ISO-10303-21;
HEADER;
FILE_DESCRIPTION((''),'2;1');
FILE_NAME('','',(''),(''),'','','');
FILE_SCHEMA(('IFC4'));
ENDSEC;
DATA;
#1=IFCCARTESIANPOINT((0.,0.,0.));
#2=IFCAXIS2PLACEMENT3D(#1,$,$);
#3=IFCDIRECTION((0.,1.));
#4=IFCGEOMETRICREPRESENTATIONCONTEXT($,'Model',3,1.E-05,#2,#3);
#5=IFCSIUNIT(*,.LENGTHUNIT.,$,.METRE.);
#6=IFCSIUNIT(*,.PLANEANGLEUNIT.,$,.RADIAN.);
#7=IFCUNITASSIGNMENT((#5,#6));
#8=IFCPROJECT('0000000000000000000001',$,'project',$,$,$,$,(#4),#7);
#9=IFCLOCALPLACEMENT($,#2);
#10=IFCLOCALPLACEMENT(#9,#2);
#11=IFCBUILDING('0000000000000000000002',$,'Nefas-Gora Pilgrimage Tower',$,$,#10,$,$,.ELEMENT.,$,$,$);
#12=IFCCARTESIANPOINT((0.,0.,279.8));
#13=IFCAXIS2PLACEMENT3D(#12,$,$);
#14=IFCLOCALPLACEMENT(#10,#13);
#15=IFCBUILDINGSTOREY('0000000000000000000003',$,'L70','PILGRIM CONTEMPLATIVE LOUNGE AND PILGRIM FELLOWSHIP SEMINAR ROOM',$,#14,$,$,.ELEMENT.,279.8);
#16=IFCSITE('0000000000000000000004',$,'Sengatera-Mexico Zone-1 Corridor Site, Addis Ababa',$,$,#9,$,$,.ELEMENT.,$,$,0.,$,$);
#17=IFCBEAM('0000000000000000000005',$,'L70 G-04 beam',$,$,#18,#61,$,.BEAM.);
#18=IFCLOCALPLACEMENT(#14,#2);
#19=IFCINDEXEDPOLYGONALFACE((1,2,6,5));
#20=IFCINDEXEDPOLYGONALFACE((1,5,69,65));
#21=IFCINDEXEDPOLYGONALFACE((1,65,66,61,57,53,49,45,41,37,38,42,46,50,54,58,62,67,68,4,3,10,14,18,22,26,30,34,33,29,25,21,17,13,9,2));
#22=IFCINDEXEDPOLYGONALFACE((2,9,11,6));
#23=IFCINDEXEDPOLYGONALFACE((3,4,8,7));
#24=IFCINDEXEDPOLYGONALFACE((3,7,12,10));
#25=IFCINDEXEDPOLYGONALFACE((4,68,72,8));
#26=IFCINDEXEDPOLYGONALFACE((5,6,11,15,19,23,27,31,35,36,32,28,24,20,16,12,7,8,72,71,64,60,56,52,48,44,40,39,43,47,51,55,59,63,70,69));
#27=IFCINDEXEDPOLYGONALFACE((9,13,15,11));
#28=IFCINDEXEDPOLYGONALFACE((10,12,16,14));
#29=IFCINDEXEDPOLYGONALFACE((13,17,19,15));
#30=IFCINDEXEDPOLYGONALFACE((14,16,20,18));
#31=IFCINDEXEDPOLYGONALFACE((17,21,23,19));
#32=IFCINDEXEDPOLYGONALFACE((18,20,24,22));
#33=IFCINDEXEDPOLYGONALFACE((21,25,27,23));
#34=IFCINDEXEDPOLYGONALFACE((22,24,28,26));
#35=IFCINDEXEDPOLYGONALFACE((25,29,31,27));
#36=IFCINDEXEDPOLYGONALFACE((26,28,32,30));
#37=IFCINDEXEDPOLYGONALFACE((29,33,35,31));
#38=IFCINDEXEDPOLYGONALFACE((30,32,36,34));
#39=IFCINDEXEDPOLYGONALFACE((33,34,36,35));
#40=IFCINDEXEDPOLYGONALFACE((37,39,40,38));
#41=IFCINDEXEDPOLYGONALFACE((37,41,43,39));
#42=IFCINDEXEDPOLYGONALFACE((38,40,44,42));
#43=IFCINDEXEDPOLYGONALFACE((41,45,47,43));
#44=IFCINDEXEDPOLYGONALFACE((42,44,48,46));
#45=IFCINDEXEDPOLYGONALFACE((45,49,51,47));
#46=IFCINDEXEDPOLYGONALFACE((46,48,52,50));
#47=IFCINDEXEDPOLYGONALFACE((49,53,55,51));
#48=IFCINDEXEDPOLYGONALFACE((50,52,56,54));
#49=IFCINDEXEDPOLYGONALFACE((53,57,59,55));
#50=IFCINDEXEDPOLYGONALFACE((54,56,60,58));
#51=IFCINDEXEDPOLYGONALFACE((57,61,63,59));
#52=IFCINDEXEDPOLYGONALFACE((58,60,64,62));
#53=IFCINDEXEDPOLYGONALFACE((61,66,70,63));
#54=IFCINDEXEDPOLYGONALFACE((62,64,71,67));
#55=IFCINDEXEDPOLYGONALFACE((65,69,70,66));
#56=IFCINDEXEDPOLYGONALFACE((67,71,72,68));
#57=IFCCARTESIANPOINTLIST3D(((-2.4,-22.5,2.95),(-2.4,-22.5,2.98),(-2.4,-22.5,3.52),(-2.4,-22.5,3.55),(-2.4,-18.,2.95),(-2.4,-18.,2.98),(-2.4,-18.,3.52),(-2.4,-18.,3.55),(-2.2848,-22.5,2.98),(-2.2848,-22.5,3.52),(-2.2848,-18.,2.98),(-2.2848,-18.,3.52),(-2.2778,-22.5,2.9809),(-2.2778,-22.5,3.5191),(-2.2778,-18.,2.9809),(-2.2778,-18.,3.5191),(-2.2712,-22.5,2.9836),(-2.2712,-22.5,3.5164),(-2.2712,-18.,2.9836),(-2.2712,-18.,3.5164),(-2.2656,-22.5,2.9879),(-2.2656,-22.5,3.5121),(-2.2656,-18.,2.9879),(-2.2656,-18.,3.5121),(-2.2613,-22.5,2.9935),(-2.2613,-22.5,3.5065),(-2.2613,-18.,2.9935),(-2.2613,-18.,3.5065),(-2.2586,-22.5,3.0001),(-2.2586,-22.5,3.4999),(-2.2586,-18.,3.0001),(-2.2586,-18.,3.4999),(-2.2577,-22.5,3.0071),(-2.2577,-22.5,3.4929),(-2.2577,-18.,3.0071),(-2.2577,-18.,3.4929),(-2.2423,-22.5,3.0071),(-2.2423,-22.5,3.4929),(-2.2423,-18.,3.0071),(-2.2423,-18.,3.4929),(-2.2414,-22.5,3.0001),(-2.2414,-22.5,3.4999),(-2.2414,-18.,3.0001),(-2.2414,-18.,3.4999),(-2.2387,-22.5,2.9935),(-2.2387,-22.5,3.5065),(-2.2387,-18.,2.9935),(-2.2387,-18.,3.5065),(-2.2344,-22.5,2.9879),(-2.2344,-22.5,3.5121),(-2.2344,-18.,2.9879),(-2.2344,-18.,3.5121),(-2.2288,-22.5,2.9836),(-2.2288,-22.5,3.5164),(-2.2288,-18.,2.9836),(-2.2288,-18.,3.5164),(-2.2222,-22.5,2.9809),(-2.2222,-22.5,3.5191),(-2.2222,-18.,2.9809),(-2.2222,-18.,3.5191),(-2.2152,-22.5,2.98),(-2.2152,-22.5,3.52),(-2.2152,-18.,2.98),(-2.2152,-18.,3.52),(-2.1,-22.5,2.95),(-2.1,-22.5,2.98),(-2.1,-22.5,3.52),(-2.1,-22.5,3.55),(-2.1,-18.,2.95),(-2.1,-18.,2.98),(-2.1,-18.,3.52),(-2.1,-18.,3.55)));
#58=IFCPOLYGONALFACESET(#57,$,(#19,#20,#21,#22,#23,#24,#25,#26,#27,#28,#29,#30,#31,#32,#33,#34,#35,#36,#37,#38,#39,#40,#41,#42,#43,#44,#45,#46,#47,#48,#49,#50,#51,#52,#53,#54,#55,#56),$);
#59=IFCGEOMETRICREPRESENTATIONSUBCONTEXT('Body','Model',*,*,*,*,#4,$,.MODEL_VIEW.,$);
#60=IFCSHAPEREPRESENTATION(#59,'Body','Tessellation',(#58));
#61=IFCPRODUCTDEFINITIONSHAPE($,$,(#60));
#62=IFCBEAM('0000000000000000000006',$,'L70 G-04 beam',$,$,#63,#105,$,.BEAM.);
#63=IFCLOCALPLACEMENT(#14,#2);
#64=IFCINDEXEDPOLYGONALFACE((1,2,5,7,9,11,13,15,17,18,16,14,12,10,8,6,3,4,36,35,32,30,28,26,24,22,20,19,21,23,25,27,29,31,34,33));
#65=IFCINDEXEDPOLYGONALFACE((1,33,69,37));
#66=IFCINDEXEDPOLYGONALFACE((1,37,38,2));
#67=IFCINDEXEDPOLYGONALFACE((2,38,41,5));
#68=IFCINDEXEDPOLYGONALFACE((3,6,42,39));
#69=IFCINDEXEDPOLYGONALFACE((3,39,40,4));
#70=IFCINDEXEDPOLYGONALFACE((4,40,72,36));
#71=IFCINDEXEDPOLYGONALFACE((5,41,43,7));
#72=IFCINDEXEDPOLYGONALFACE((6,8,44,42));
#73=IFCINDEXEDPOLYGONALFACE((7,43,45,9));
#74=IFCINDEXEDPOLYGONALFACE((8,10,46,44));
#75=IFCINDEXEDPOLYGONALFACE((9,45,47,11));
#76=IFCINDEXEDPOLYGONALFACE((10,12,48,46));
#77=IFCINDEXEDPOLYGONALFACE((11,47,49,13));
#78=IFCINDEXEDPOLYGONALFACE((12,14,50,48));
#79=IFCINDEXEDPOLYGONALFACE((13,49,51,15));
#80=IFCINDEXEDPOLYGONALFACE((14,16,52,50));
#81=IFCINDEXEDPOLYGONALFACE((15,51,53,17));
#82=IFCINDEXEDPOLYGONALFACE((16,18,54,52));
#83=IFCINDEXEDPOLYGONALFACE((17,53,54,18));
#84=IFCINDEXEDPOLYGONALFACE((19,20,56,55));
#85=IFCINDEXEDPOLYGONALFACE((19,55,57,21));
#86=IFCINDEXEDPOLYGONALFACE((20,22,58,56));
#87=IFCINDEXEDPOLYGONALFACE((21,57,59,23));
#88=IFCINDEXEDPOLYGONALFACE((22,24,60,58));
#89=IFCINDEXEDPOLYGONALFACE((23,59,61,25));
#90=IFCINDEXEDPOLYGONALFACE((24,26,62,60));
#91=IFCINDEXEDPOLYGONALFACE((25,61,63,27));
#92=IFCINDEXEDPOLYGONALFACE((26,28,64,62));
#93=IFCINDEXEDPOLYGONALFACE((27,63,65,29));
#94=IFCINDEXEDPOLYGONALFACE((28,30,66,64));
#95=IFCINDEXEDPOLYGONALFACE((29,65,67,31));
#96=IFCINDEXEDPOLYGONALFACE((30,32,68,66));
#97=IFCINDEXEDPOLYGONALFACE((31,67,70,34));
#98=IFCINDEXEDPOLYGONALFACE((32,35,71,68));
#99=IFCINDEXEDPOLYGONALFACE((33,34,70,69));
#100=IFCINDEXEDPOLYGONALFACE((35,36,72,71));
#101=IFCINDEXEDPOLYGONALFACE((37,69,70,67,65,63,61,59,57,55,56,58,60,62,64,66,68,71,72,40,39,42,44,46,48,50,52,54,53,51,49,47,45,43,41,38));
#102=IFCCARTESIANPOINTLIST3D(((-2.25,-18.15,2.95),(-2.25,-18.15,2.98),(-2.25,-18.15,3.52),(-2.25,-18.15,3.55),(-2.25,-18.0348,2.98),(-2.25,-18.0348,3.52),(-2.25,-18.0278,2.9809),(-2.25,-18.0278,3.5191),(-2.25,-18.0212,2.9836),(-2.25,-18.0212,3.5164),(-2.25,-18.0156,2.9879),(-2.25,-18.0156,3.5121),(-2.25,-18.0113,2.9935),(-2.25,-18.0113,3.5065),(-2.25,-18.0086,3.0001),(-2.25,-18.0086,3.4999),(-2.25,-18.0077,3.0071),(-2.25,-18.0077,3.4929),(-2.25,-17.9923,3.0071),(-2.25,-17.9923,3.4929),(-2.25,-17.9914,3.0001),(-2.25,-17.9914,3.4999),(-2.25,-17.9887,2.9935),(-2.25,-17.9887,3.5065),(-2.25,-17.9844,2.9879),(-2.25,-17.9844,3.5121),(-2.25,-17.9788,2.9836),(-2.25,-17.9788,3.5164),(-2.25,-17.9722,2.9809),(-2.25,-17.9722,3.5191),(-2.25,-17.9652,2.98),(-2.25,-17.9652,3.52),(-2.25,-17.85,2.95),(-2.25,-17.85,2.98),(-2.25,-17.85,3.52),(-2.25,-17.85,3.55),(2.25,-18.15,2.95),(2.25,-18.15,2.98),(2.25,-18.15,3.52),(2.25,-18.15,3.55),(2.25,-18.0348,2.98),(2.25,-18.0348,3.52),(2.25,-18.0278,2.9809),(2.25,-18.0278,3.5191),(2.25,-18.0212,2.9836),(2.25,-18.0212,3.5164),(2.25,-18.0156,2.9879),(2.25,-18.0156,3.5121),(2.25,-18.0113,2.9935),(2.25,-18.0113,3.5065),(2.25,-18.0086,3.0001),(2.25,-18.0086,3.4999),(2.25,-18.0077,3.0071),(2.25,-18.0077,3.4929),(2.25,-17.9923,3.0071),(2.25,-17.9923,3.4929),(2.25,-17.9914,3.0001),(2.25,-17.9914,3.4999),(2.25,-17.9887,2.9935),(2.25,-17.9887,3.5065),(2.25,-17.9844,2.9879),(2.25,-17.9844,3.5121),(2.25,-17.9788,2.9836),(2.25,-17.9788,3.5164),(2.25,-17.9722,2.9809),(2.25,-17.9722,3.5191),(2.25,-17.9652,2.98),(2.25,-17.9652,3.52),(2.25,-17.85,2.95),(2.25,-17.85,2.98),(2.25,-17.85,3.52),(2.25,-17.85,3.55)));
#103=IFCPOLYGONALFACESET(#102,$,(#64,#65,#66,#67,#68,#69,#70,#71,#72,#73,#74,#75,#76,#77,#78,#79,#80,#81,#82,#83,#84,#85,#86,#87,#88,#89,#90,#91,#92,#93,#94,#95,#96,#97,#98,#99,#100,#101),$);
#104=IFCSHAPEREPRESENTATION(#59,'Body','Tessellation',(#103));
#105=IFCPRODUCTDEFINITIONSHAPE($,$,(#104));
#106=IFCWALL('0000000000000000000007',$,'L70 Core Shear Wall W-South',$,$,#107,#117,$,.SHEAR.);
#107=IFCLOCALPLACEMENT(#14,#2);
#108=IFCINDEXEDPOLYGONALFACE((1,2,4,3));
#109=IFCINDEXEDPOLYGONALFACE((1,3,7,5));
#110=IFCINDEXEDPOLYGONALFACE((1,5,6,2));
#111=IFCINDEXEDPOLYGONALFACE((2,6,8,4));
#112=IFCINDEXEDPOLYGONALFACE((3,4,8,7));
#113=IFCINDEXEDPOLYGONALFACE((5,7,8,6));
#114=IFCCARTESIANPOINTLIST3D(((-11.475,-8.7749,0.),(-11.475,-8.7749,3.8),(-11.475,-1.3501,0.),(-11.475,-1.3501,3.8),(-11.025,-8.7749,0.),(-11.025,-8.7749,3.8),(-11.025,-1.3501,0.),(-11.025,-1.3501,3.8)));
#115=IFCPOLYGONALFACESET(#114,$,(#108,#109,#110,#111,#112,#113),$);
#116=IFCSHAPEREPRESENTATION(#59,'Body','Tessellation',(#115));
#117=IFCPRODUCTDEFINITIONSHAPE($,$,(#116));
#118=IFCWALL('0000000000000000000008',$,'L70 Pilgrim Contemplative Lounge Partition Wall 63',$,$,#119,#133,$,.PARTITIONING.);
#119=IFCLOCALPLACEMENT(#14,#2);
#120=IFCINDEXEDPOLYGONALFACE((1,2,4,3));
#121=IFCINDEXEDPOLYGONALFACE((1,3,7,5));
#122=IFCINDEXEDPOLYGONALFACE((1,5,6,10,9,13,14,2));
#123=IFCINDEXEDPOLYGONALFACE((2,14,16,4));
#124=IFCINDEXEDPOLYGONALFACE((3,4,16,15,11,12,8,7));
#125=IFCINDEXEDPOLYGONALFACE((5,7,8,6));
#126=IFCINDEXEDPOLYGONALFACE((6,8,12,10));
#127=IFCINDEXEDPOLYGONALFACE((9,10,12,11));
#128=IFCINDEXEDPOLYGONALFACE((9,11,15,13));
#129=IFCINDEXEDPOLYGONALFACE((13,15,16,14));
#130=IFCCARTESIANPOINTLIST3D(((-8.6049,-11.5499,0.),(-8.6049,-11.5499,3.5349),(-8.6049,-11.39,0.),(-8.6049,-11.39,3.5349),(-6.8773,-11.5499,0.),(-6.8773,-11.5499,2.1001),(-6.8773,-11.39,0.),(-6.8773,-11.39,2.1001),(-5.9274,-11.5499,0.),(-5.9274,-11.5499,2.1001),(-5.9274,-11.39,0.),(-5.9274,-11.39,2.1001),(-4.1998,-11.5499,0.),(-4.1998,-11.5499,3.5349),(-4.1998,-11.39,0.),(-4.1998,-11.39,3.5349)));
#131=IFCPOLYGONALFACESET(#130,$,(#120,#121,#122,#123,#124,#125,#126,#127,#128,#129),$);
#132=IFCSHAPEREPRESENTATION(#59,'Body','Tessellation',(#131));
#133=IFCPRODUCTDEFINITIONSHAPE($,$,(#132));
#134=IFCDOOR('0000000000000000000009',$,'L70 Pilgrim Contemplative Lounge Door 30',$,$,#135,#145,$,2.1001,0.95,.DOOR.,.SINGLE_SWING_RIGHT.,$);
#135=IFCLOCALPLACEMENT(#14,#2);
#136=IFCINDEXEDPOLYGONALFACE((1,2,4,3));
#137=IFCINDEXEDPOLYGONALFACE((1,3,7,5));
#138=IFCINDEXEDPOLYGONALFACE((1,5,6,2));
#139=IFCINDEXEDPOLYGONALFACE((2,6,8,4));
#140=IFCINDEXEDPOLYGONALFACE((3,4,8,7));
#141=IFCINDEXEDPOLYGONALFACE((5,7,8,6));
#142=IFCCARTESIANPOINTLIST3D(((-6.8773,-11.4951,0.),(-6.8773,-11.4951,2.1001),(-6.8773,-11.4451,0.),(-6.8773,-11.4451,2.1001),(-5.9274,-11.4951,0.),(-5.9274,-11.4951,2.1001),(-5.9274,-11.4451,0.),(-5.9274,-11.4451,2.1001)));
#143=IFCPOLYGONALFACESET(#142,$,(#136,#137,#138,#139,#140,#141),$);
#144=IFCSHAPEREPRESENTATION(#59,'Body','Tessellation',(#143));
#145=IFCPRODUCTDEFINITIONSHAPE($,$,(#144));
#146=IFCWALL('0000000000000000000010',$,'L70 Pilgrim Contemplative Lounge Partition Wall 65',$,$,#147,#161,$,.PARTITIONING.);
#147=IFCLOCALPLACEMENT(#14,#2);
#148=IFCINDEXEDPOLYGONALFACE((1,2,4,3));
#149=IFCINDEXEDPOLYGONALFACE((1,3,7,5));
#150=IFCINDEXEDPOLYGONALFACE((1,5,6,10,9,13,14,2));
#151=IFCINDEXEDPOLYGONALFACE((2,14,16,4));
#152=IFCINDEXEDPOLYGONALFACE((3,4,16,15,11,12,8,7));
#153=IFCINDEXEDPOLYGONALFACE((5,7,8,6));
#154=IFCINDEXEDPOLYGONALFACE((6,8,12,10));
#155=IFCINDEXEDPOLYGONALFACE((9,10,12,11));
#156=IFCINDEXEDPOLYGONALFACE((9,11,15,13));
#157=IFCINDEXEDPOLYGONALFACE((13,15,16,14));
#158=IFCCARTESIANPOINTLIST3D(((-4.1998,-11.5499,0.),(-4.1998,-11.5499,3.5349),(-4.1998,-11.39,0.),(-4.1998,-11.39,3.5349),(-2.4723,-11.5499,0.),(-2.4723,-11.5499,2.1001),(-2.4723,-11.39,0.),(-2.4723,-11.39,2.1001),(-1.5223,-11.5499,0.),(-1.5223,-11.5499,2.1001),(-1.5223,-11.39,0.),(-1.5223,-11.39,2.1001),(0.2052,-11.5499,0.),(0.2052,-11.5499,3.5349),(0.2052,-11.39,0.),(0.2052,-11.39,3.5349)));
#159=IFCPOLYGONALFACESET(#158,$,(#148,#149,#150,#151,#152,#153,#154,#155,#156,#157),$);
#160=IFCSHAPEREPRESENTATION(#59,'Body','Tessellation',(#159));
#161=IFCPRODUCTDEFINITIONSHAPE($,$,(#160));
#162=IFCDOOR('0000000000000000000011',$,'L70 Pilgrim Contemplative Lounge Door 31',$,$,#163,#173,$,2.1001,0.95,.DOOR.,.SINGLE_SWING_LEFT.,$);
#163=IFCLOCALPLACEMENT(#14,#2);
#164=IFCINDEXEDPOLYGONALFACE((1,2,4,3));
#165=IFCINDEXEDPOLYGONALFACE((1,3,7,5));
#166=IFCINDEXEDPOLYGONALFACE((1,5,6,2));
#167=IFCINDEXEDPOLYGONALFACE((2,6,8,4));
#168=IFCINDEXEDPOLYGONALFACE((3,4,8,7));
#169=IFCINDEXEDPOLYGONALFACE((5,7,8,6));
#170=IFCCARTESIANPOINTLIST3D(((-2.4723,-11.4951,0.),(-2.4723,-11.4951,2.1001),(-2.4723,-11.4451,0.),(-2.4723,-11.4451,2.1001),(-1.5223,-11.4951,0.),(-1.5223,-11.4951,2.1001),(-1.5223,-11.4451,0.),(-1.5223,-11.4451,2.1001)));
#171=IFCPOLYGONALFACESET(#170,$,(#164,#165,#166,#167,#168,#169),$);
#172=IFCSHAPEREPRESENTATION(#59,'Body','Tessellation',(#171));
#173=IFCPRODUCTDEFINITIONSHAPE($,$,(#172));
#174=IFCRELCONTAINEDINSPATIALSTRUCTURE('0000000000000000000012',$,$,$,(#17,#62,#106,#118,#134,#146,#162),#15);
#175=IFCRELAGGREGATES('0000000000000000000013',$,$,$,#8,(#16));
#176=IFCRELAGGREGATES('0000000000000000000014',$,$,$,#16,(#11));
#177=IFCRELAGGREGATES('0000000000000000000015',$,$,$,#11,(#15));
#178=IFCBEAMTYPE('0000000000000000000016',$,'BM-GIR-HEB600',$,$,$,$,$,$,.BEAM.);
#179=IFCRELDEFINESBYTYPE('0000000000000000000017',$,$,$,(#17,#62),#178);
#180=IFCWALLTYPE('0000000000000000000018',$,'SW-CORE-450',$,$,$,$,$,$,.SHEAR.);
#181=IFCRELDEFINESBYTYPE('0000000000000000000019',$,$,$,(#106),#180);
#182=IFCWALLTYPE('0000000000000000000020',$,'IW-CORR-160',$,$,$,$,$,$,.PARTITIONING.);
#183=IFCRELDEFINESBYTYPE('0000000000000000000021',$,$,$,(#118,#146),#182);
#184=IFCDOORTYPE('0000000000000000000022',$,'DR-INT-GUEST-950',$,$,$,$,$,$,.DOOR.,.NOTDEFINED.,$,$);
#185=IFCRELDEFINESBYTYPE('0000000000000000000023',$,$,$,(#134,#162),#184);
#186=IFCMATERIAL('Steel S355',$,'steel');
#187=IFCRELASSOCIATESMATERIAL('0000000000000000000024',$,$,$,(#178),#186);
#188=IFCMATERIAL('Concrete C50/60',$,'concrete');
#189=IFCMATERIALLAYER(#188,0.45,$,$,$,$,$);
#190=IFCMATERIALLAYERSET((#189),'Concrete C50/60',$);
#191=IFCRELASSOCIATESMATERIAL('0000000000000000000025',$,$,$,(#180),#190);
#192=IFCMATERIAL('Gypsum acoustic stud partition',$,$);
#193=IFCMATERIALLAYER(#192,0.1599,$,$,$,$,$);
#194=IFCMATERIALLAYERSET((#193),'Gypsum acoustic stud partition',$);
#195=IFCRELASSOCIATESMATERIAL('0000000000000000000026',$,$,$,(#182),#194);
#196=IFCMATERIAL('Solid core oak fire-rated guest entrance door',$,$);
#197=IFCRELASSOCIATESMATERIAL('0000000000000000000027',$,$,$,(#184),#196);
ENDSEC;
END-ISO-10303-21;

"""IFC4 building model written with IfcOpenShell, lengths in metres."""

from ifc_helpers import new_model, si_unit, direction, frame, frame_2d, origin, origin_2d, place, context, subcontext, project, spatial, rectangle, i_section, extrude, source, transform, mapped, material, layer, layer_set, material_profile, profile_set, type_object, element, fill, save


model = new_model("IFC4")

# Units and contexts
model_context = context("Model", 3, precision=1e-05, world=origin(), true_north=direction((0.0, 1.0)))
body_context = subcontext(model_context, "Body", "Model", "MODEL_VIEW")
ifc_project = project(units=[si_unit("LENGTHUNIT", "METRE"), si_unit("PLANEANGLEUNIT", "RADIAN")], contexts=[model_context])

# Site, building, storey
site_placement = place(None, origin())
site = spatial("IfcSite", under=ifc_project, at=site_placement, Name="Sengatera-Mexico Zone-1 Corridor Site, Addis Ababa", CompositionType="ELEMENT", RefElevation=0.0)
building_placement = place(site_placement, origin())
building = spatial("IfcBuilding", under=site, at=building_placement, Name="Nefas-Gora Pilgrimage Tower", CompositionType="ELEMENT")
storey_placement = place(building_placement, frame((0.0, 0.0, 279.8)))
storey = spatial("IfcBuildingStorey", under=building, at=storey_placement, Name="L70", Description="PILGRIM CONTEMPLATIVE LOUNGE AND PILGRIM FELLOWSHIP SEMINAR ROOM", CompositionType="ELEMENT", Elevation=279.8)

# Shared definitions
ifc_material_1 = material(Name="Steel S355", Category="steel")

# Beams
ifc_material_profile_1 = material_profile(ifc_material_1, i_section(OverallWidth=0.3, OverallDepth=0.6001, WebThickness=0.0154, FlangeThickness=0.03, FilletRadius=0.0271, at=origin_2d()), Name="HEB 600")
ifc_profile_set_1 = profile_set([ifc_material_profile_1], Name="Steel S355")
beam_type_1 = type_object("IfcBeamType", Name="BM-GIR-HEB600", PredefinedType="BEAM", material=ifc_profile_set_1)
shared_shape_1 = source(origin(), body_context, "Body", "SweptSolid", [
    extrude(i_section(OverallWidth=0.3, OverallDepth=0.6001, WebThickness=0.0154, FlangeThickness=0.03, FilletRadius=0.0271, at=origin_2d()), origin(), (0.0, 0.0, 1.0), 4.5),
])
for number, where, z_axis, x_axis, name in (
    (1, (-2.25, -22.5, 3.25), (0.0, 1.0, 0.0), (-1.0, 0.0, 0.0), "L70 G-04 beam"),
    (2, (-2.25, -18.0, 3.25), (1.0, 0.0, 0.0), (0.0, 1.0, 0.0), "L70 G-04 beam"),
):
    element("IfcBeam", number, at=place(storey_placement, frame(where, z_axis=z_axis, x_axis=x_axis)), inside=storey, type_object=beam_type_1, Name=name, PredefinedType="BEAM", context=body_context, shape_type="MappedRepresentation", body=[
        mapped(shared_shape_1, transform((0.0, 0.0, 0.0), x_axis=(1.0, 0.0, 0.0), y_axis=(0.0, 1.0, 0.0), z_axis=(0.0, 0.0, 1.0), scale=1.0)),
    ])

# Wall
ifc_material_2 = material(Name="Concrete C50/60", Category="concrete")
ifc_layer_1 = layer(ifc_material_2, 0.45)
ifc_layer_set_1 = layer_set([ifc_layer_1], Name="Concrete C50/60")
wall_type_1 = type_object("IfcWallType", Name="SW-CORE-450", PredefinedType="SHEAR", material=ifc_layer_set_1)
shared_shape_2 = source(origin(), body_context, "Body", "SweptSolid", [
    extrude(rectangle(XDim=7.4248, YDim=0.45, at=frame_2d((3.7124, 0.0))), origin(), (0.0, 0.0, 1.0), 3.8),
])
wall_1_placement = place(storey_placement, frame((-11.25, -8.7749, 0.0), z_axis=(0.0, 0.0, 1.0), x_axis=(0.0, 1.0, 0.0)))
element("IfcWall", 3, at=wall_1_placement, inside=storey, type_object=wall_type_1, Name="L70 Core Shear Wall W-South", PredefinedType="SHEAR", context=body_context, shape_type="MappedRepresentation", body=[
    mapped(shared_shape_2, transform((0.0, 0.0, 0.0), x_axis=(1.0, 0.0, 0.0), y_axis=(0.0, 1.0, 0.0), z_axis=(0.0, 0.0, 1.0), scale=1.0)),
])

# Walls, openings, doors
ifc_material_3 = material(Name="Gypsum acoustic stud partition")
ifc_layer_2 = layer(ifc_material_3, 0.1599)
ifc_layer_set_2 = layer_set([ifc_layer_2], Name="Gypsum acoustic stud partition")
wall_type_2 = type_object("IfcWallType", Name="IW-CORR-160", PredefinedType="PARTITIONING", material=ifc_layer_set_2)
shared_shape_3 = source(origin(), body_context, "Body", "SweptSolid", [
    extrude(rectangle(XDim=4.405, YDim=0.1599, at=frame_2d((2.2026, 0.0))), origin(), (0.0, 0.0, 1.0), 3.5349),
])
wall_2_placement = place(storey_placement, frame((-8.605, -11.47, 0.0), z_axis=(0.0, 0.0, 1.0), x_axis=(1.0, 0.0, 0.0)))
wall_2 = element("IfcWall", 4, at=wall_2_placement, inside=storey, type_object=wall_type_2, Name="L70 Pilgrim Contemplative Lounge Partition Wall 63", PredefinedType="PARTITIONING", context=body_context, shape_type="MappedRepresentation", body=[
    mapped(shared_shape_3, transform((0.0, 0.0, 0.0), x_axis=(1.0, 0.0, 0.0), y_axis=(0.0, 1.0, 0.0), z_axis=(0.0, 0.0, 1.0), scale=1.0)),
])
opening_1_placement = place(wall_2_placement, frame((1.7275, 0.0, 0.0)))
opening_1 = element("IfcOpeningElement", 5, at=opening_1_placement, cuts=wall_2, PredefinedType="OPENING", context=body_context, shape_type="SweptSolid", body=[
    extrude(rectangle(XDim=0.95, YDim=2.1001, at=frame_2d((0.4751, 1.05))), frame((0.0, 0.0898, 0.0), z_axis=(0.0, -1.0, 0.0), x_axis=(1.0, 0.0, 0.0)), (0.0, 0.0, 1.0), 0.1799),
])
ifc_material_4 = material(Name="Solid core oak fire-rated guest entrance door")
door_type = type_object("IfcDoorType", Name="DR-INT-GUEST-950", OperationType="NOTDEFINED", PredefinedType="DOOR", material=ifc_material_4)
shared_shape_4 = source(origin(), body_context, "Body", "SweptSolid", [
    extrude(rectangle(XDim=0.95, YDim=2.1001, at=frame_2d((0.4751, 1.05))), frame((0.0, 0.0249, 0.0), z_axis=(0.0, -1.0, 0.0), x_axis=(1.0, 0.0, 0.0)), (0.0, 0.0, 1.0), 0.05),
])
door_1_placement = place(opening_1_placement, origin())
door_1 = element("IfcDoor", 6, at=door_1_placement, inside=storey, type_object=door_type, Name="L70 Pilgrim Contemplative Lounge Door 30", OperationType="SINGLE_SWING_RIGHT", OverallHeight=2.1001, OverallWidth=0.95, PredefinedType="DOOR", context=body_context, shape_type="MappedRepresentation", body=[
    mapped(shared_shape_4, transform((0.0, 0.0, 0.0), x_axis=(1.0, 0.0, 0.0), y_axis=(0.0, 1.0, 0.0), z_axis=(0.0, 0.0, 1.0), scale=1.0)),
])
fill(opening_1, door_1)
wall_3_placement = place(storey_placement, frame((-4.2, -11.47, 0.0), z_axis=(0.0, 0.0, 1.0), x_axis=(1.0, 0.0, 0.0)))
wall_3 = element("IfcWall", 7, at=wall_3_placement, inside=storey, type_object=wall_type_2, Name="L70 Pilgrim Contemplative Lounge Partition Wall 65", PredefinedType="PARTITIONING", context=body_context, shape_type="MappedRepresentation", body=[
    mapped(shared_shape_3, transform((0.0, 0.0, 0.0), x_axis=(1.0, 0.0, 0.0), y_axis=(0.0, 1.0, 0.0), z_axis=(0.0, 0.0, 1.0), scale=1.0)),
])
opening_2_placement = place(wall_3_placement, frame((1.7275, 0.0, 0.0)))
opening_2 = element("IfcOpeningElement", 8, at=opening_2_placement, cuts=wall_3, PredefinedType="OPENING", context=body_context, shape_type="SweptSolid", body=[
    extrude(rectangle(XDim=0.95, YDim=2.1001, at=frame_2d((0.4751, 1.05))), frame((0.0, 0.0898, 0.0), z_axis=(0.0, -1.0, 0.0), x_axis=(1.0, 0.0, 0.0)), (0.0, 0.0, 1.0), 0.1799),
])
door_2_placement = place(opening_2_placement, origin())
door_2 = element("IfcDoor", 9, at=door_2_placement, inside=storey, type_object=door_type, Name="L70 Pilgrim Contemplative Lounge Door 31", OperationType="SINGLE_SWING_LEFT", OverallHeight=2.1001, OverallWidth=0.95, PredefinedType="DOOR", context=body_context, shape_type="MappedRepresentation", body=[
    mapped(shared_shape_4, transform((0.0, 0.0, 0.0), x_axis=(1.0, 0.0, 0.0), y_axis=(0.0, 1.0, 0.0), z_axis=(0.0, 0.0, 1.0), scale=1.0)),
])
fill(opening_2, door_2)

save(model, "model.ifc")
